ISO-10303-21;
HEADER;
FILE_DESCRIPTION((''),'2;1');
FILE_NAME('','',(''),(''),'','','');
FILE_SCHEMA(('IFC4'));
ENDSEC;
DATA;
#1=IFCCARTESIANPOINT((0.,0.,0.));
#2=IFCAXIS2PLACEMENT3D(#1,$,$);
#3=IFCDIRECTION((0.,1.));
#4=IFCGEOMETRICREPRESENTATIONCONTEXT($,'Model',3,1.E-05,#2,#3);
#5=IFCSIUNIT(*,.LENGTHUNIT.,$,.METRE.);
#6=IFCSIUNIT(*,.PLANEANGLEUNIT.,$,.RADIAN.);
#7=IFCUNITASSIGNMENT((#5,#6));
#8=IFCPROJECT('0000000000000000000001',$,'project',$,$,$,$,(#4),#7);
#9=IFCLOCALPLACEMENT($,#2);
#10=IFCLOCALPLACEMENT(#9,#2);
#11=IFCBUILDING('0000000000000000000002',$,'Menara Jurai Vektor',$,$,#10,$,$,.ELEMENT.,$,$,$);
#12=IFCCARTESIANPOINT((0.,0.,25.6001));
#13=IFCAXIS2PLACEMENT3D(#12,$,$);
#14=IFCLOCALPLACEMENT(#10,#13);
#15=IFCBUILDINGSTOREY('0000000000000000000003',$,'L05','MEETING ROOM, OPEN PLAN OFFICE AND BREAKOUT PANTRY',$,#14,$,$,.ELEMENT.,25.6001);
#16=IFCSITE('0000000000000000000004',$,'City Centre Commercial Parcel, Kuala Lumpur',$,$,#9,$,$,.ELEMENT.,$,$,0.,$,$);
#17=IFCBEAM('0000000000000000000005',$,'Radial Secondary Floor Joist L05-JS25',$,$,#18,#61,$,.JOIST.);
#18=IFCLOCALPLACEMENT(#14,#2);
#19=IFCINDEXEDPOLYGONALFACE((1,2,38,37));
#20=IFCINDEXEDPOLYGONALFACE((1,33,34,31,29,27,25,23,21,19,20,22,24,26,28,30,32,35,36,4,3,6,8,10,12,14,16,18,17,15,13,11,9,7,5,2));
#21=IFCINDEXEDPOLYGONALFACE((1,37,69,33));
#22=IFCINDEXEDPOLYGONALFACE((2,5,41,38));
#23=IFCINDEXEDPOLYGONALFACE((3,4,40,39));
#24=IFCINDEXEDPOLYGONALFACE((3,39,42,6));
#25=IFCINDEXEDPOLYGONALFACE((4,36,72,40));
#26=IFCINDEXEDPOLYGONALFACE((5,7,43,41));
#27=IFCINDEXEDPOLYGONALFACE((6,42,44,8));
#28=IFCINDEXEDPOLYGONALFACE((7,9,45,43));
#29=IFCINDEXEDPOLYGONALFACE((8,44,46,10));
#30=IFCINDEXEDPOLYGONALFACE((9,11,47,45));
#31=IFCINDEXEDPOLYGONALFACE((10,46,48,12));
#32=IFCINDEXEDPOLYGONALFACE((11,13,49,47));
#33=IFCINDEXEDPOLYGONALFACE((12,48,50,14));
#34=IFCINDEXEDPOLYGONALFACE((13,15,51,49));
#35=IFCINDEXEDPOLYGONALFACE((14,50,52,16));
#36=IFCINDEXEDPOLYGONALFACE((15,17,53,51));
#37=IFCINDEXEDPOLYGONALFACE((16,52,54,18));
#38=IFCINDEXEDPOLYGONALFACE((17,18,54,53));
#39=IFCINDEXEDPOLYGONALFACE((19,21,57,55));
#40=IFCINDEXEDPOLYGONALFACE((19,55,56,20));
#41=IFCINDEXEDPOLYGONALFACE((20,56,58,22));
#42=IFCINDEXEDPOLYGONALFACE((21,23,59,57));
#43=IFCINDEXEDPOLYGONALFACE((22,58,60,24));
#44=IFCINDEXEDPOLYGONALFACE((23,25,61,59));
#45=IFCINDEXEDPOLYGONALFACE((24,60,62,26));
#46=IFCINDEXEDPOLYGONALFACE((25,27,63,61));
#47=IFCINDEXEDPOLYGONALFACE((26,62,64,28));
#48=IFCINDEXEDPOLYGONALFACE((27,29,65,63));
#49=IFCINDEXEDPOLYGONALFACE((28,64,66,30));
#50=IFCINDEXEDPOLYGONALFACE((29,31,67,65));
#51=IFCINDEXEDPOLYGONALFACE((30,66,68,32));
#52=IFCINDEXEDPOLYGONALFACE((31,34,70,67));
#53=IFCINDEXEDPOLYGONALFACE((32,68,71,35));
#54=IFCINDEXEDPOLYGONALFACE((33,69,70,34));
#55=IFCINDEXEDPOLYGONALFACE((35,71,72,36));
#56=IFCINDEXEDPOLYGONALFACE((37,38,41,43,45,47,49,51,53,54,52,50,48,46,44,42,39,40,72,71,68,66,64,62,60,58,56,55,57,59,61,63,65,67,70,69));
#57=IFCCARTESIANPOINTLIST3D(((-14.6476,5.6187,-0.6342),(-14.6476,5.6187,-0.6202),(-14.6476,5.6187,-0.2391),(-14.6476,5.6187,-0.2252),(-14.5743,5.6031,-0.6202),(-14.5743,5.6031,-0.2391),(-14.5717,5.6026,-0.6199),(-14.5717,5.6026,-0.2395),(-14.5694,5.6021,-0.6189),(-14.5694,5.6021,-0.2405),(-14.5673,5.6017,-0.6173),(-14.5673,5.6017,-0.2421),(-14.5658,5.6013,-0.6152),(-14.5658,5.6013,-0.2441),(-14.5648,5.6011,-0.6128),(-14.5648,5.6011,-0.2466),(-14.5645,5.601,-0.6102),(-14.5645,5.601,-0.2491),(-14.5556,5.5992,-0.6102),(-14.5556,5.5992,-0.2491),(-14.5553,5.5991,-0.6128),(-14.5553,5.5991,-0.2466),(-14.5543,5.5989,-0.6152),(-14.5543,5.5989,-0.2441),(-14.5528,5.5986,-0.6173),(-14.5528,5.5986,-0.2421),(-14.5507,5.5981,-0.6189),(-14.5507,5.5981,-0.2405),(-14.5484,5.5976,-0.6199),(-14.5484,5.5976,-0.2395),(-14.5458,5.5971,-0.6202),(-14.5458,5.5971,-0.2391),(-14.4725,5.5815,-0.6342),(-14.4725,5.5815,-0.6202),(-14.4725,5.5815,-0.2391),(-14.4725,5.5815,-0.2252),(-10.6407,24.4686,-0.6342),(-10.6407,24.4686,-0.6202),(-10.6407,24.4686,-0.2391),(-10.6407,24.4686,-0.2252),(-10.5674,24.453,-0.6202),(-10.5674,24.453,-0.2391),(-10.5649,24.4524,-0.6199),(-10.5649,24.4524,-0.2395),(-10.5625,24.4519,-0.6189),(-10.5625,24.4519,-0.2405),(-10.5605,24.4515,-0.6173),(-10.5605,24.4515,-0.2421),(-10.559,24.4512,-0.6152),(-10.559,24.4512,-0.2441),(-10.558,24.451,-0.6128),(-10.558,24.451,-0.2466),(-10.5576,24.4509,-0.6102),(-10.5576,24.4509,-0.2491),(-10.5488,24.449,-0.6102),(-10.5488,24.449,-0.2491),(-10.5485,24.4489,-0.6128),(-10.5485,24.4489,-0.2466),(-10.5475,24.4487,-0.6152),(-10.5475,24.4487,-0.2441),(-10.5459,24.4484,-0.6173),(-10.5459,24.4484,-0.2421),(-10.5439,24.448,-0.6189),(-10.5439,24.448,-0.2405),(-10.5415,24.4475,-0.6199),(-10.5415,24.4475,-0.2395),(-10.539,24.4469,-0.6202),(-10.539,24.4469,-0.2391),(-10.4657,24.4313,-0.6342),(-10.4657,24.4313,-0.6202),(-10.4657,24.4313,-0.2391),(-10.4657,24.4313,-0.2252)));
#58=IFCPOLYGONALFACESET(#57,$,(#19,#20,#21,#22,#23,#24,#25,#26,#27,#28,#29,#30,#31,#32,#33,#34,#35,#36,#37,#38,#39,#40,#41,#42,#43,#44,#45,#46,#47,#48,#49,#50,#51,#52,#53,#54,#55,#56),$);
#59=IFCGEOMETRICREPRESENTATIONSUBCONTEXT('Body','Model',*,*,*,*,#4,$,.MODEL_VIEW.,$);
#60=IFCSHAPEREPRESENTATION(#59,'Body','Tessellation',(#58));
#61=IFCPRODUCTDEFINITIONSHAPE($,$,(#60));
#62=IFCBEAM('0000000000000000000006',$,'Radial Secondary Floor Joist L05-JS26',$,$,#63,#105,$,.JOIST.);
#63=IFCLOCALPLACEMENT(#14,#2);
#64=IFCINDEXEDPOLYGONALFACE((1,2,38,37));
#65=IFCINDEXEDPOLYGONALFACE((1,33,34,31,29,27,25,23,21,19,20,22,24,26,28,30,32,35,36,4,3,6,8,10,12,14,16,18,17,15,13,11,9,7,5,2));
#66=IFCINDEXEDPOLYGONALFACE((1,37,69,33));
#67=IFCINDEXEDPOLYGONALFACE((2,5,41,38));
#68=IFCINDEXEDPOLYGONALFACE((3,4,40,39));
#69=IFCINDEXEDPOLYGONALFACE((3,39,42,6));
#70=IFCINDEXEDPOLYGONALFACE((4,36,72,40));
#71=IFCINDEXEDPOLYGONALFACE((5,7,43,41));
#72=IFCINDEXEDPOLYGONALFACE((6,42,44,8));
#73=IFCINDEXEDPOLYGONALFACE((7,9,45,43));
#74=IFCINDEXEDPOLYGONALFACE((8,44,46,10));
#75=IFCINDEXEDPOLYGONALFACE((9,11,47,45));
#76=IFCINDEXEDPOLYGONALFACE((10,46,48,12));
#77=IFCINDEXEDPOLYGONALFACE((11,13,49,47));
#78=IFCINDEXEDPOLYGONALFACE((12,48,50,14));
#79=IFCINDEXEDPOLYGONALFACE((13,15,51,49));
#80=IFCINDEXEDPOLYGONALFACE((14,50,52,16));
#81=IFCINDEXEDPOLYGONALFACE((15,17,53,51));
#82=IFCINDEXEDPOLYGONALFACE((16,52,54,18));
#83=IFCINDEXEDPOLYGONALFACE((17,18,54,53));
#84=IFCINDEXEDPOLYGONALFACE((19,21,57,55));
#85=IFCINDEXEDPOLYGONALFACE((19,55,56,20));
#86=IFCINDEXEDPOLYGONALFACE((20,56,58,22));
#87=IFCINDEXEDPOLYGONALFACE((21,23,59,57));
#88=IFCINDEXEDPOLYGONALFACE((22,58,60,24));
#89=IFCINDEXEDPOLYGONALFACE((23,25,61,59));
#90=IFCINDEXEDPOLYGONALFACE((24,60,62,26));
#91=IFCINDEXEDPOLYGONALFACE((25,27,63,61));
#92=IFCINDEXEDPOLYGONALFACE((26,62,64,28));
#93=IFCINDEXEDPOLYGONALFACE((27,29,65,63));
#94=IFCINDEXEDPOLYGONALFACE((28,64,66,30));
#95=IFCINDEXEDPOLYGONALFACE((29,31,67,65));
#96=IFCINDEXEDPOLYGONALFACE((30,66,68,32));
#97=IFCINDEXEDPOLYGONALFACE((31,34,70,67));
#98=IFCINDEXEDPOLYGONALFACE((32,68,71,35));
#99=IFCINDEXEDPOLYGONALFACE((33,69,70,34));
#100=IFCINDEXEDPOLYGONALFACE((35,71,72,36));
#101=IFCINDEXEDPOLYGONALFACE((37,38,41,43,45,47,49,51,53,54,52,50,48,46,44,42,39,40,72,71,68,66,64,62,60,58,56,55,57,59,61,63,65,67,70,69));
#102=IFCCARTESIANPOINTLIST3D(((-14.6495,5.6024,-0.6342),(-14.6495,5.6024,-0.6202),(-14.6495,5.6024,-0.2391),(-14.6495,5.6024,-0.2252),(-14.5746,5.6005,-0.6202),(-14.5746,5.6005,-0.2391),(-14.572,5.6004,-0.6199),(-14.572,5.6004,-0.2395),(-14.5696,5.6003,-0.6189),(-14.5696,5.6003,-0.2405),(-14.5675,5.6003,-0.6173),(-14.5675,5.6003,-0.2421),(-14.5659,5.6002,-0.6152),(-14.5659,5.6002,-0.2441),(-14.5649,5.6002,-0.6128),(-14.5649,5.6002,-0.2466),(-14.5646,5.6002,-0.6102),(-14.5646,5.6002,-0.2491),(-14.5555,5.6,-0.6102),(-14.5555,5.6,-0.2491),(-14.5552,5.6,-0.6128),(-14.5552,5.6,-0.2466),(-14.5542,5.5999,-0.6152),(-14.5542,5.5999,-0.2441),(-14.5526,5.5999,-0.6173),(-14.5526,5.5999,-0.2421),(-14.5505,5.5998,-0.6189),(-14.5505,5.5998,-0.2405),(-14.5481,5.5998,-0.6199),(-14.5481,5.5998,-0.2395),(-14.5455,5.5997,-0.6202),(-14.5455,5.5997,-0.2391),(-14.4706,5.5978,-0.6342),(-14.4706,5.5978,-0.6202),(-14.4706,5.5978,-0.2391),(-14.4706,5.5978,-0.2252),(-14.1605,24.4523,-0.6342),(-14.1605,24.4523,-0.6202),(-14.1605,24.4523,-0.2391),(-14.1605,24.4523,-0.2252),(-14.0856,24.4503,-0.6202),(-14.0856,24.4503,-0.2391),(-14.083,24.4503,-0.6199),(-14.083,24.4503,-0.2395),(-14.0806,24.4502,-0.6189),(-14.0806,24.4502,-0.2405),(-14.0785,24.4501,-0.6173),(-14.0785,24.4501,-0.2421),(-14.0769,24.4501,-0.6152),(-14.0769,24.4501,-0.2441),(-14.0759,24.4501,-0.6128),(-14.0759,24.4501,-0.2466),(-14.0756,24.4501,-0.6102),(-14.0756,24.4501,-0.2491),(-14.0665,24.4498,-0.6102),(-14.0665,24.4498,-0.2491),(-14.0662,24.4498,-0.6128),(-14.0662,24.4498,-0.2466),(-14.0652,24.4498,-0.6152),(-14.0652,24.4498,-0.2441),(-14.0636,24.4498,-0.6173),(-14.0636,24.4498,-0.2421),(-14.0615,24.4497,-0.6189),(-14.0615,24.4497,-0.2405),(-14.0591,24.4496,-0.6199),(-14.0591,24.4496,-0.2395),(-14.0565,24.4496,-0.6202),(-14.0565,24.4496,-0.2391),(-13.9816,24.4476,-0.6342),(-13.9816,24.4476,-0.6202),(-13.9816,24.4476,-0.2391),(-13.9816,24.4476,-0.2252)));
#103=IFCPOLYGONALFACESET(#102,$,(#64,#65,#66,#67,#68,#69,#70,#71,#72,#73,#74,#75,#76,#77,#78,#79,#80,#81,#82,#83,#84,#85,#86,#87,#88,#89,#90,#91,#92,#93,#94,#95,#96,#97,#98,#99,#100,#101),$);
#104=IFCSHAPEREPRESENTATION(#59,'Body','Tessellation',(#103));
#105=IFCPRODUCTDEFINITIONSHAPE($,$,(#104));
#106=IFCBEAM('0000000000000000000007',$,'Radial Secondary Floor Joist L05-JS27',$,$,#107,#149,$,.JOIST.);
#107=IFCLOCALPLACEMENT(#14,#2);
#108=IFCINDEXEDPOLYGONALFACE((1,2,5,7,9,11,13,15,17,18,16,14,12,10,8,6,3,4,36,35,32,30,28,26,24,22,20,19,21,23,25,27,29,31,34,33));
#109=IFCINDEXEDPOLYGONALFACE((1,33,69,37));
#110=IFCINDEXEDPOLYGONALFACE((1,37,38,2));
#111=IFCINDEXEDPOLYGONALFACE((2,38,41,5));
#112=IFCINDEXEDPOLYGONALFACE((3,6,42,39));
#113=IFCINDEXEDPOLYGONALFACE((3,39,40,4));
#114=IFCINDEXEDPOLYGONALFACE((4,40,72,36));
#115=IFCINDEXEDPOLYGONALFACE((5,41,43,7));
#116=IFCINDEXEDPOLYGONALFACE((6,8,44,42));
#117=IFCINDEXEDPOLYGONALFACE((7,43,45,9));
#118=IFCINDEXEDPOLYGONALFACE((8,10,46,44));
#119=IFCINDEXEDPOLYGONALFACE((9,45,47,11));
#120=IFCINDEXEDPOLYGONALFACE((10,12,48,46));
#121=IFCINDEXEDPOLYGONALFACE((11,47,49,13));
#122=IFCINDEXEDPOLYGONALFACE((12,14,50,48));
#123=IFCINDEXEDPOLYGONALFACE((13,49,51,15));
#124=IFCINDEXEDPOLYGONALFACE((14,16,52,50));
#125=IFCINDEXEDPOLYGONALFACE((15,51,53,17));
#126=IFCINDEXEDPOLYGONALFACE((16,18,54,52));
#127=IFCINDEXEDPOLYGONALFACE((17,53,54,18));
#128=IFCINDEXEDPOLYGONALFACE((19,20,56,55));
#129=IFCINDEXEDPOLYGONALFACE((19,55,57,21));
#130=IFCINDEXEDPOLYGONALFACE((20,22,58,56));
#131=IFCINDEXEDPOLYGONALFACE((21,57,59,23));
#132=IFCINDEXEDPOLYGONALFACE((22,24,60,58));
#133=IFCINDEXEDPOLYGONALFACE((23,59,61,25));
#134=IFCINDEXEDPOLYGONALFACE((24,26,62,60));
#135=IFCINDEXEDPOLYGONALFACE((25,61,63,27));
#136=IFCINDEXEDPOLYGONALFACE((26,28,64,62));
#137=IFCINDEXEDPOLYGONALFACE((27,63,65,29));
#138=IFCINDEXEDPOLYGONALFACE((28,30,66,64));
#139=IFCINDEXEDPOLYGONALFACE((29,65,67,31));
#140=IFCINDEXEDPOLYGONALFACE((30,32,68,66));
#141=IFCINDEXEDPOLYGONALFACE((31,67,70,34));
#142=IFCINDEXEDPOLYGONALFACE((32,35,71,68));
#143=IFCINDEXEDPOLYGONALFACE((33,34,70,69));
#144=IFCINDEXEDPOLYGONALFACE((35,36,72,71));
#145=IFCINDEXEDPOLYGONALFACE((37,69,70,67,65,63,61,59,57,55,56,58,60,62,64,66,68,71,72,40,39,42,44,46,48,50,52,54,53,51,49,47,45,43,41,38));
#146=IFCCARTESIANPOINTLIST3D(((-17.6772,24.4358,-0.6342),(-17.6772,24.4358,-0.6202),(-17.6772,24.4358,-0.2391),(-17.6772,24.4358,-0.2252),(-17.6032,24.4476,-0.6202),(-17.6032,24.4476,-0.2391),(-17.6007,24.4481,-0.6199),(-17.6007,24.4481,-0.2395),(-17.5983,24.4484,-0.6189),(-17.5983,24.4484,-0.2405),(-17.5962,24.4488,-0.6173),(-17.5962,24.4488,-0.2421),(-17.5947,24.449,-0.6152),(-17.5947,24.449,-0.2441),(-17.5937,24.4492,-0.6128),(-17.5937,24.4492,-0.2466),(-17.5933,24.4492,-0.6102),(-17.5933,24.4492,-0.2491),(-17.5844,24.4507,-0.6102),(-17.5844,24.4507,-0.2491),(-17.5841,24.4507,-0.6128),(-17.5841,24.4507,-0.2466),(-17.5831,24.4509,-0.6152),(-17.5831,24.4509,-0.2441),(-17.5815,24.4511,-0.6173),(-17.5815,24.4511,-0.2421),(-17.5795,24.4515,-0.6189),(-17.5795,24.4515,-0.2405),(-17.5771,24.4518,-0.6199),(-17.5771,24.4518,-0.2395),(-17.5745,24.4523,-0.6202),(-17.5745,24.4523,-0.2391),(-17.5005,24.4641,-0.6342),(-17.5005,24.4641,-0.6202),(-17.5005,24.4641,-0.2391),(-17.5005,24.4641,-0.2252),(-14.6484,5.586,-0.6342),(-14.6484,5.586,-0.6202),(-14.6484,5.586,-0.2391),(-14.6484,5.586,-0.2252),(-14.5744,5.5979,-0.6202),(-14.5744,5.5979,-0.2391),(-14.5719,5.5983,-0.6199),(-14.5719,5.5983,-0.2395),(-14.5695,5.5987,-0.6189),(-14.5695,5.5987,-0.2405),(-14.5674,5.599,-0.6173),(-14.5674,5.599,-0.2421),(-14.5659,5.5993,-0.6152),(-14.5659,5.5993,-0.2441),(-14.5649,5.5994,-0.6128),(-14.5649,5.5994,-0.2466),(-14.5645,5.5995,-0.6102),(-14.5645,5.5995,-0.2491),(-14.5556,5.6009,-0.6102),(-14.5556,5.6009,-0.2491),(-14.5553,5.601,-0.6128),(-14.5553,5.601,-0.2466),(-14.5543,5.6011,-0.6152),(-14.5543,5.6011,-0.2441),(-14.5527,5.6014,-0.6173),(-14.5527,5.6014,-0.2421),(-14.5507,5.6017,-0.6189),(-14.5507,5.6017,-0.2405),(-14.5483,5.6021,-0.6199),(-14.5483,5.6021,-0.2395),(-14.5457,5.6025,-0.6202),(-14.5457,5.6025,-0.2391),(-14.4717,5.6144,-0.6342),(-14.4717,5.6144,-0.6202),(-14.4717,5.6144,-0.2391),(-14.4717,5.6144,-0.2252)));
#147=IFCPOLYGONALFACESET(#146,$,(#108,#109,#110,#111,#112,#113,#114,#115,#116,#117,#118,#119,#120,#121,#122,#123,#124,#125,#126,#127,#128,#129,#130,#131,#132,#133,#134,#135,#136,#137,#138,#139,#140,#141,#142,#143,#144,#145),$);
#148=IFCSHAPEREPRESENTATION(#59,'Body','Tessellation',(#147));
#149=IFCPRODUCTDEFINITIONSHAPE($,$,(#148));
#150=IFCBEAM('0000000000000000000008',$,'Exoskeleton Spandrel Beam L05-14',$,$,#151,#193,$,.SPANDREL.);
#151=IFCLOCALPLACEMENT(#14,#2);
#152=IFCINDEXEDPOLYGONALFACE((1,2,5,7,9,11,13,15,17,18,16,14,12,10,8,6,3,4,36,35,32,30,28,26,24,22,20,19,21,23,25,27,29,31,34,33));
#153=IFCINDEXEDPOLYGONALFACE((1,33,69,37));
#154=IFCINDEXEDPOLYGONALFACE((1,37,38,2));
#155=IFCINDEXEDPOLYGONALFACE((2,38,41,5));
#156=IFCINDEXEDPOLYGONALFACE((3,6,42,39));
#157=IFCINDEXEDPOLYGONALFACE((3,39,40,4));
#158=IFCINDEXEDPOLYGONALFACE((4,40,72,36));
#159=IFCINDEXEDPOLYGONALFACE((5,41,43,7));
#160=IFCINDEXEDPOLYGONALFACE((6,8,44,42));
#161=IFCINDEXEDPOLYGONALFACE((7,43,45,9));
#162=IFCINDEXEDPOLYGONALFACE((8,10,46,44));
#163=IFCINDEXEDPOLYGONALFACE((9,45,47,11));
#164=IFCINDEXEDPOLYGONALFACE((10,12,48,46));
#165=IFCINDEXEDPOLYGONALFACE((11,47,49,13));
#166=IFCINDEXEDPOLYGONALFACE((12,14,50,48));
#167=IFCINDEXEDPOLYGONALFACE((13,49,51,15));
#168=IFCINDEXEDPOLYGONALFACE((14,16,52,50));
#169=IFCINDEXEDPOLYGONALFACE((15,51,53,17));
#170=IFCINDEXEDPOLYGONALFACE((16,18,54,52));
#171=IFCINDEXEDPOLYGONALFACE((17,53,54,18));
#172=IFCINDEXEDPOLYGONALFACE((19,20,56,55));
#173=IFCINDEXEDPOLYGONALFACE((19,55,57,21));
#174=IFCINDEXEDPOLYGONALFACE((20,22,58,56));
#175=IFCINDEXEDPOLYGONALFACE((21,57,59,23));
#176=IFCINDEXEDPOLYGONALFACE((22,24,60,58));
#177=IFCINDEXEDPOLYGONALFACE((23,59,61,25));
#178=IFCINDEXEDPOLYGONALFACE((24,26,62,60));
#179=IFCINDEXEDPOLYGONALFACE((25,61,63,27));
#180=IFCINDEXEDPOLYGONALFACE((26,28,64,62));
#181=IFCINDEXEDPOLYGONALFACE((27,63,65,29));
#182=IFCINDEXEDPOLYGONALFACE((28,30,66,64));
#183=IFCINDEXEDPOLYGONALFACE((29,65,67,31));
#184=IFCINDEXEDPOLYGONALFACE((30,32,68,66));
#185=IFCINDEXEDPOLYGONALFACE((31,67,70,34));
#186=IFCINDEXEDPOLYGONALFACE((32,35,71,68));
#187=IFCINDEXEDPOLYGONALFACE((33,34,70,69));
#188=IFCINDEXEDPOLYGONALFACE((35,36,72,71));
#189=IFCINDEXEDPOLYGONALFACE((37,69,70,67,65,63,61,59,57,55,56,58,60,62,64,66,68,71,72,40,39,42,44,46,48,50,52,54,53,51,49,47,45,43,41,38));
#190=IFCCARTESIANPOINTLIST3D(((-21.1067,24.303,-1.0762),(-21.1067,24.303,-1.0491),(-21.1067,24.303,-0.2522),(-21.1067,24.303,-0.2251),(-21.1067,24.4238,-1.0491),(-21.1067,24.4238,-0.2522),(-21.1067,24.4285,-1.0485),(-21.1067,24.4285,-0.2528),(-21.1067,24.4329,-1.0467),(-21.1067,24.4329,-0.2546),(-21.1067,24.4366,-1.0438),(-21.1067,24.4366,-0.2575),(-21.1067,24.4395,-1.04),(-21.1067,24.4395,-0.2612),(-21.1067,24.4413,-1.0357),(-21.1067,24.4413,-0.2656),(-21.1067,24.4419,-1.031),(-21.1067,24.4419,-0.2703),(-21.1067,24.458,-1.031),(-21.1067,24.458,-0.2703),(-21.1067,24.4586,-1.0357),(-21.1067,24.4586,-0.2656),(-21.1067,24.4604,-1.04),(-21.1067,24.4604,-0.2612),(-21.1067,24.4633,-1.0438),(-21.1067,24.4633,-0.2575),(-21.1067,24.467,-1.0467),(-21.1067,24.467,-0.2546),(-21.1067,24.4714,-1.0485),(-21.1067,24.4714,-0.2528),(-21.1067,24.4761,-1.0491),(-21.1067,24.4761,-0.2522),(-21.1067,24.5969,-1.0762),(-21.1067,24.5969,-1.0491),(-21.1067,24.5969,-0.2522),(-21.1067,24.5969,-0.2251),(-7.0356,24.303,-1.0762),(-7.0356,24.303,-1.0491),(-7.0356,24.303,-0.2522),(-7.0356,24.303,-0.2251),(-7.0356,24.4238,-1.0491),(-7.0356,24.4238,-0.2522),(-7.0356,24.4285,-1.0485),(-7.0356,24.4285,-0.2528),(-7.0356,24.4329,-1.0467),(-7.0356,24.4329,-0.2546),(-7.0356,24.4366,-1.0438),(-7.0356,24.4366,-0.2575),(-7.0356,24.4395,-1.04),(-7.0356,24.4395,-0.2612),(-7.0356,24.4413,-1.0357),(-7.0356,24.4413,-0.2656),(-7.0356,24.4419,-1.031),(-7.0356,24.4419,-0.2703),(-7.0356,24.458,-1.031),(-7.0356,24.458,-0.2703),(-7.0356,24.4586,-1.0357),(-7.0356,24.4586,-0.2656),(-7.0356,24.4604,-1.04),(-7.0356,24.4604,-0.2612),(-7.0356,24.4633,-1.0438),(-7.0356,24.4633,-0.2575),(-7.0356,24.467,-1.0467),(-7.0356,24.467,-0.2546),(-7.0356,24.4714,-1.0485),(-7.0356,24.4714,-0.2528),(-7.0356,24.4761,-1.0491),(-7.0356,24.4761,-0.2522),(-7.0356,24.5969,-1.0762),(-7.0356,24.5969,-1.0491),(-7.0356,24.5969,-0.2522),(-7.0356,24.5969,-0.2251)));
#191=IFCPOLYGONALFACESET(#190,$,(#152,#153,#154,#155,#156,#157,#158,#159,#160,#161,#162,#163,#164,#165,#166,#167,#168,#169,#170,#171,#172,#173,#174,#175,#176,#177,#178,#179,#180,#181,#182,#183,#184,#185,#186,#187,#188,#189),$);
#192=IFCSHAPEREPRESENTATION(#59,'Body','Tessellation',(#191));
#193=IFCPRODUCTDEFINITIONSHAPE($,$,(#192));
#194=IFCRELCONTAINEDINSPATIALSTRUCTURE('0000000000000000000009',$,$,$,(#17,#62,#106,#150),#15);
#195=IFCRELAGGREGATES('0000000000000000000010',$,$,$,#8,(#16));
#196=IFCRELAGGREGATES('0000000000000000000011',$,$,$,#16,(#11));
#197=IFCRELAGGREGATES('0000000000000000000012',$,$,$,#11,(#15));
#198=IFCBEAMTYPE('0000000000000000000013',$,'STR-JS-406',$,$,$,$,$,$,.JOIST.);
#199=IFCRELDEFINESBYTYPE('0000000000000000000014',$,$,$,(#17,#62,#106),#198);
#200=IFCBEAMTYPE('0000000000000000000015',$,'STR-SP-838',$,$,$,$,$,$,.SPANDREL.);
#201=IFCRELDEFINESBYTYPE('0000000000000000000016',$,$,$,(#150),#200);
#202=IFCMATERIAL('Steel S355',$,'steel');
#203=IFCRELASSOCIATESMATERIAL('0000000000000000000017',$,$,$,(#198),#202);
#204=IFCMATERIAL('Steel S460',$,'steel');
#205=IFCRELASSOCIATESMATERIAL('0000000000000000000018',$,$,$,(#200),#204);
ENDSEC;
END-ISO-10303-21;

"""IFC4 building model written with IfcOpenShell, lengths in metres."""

from ifc_helpers import new_model, si_unit, direction, frame, origin, origin_2d, place, context, subcontext, project, spatial, i_section, extrude, material, material_profile, profile_set, type_object, element, save


model = new_model("IFC4")

# Units and contexts
model_context = context("Model", 3, precision=1e-05, world=origin(), true_north=direction((0.0, 1.0)))
body_context = subcontext(model_context, "Body", "Model", "MODEL_VIEW")
ifc_project = project(units=[si_unit("LENGTHUNIT", "METRE"), si_unit("PLANEANGLEUNIT", "RADIAN")], contexts=[model_context])

# Site, building, storey
site_placement = place(None, origin())
site = spatial("IfcSite", under=ifc_project, at=site_placement, Name="City Centre Commercial Parcel, Kuala Lumpur", CompositionType="ELEMENT", RefElevation=0.0)
building_placement = place(site_placement, origin())
building = spatial("IfcBuilding", under=site, at=building_placement, Name="Menara Jurai Vektor", CompositionType="ELEMENT")
storey_placement = place(building_placement, frame((0.0, 0.0, 25.6001)))
storey = spatial("IfcBuildingStorey", under=building, at=storey_placement, Name="L05", Description="MEETING ROOM, OPEN PLAN OFFICE AND BREAKOUT PANTRY", CompositionType="ELEMENT", Elevation=25.6001)

# Shared definitions
ifc_material_1 = material(Name="Steel S460", Category="steel")

# Beams
ifc_material_2 = material(Name="Steel S355", Category="steel")
ifc_material_profile_1 = material_profile(ifc_material_2, i_section(OverallWidth=0.179, OverallDepth=0.4089, WebThickness=0.009, FlangeThickness=0.0139, FilletRadius=0.01, at=origin_2d()), Name="UKB 406x178x67")
ifc_profile_set_1 = profile_set([ifc_material_profile_1], Name="Steel S355")
beam_type_1 = type_object("IfcBeamType", Name="STR-JS-406", PredefinedType="JOIST", material=ifc_profile_set_1)
beam_1_placement = place(storey_placement, frame((-10.5532, 24.45, -0.4297), z_axis=(-0.20792, -0.978146, 0.0), x_axis=(0.978146, -0.20792, 0.0)))
element("IfcBeam", 1, at=beam_1_placement, inside=storey, type_object=beam_type_1, Name="Radial Secondary Floor Joist L05-JS25", PredefinedType="JOIST", context=body_context, shape_type="SweptSolid", body=[
    extrude(i_section(OverallWidth=0.179, OverallDepth=0.4089, WebThickness=0.009, FlangeThickness=0.0139, FilletRadius=0.01, at=origin_2d()), origin(), (0.0, 0.0, 1.0), 19.271),
])
beam_2_placement = place(storey_placement, frame((-14.071, 24.45, -0.4297), z_axis=(-0.025934, -0.999664, 0.0), x_axis=(0.999664, -0.025934, 0.0)))
element("IfcBeam", 2, at=beam_2_placement, inside=storey, type_object=beam_type_1, Name="Radial Secondary Floor Joist L05-JS26", PredefinedType="JOIST", context=body_context, shape_type="SweptSolid", body=[
    extrude(i_section(OverallWidth=0.179, OverallDepth=0.4089, WebThickness=0.009, FlangeThickness=0.0139, FilletRadius=0.01, at=origin_2d()), origin(), (0.0, 0.0, 1.0), 18.8562),
])
beam_3_placement = place(storey_placement, frame((-17.5889, 24.45, -0.4297), z_axis=(0.158646, -0.987336, 0.0), x_axis=(0.987336, 0.158646, 0.0)))
element("IfcBeam", 3, at=beam_3_placement, inside=storey, type_object=beam_type_1, Name="Radial Secondary Floor Joist L05-JS27", PredefinedType="JOIST", context=body_context, shape_type="SweptSolid", body=[
    extrude(i_section(OverallWidth=0.179, OverallDepth=0.4089, WebThickness=0.009, FlangeThickness=0.0139, FilletRadius=0.01, at=origin_2d()), origin(), (0.0, 0.0, 1.0), 19.0916),
])
ifc_material_profile_2 = material_profile(ifc_material_1, i_section(OverallWidth=0.2939, OverallDepth=0.8511, WebThickness=0.0161, FlangeThickness=0.0271, FilletRadius=0.0181, at=origin_2d()), Name="UKB 838x292x226")
ifc_profile_set_2 = profile_set([ifc_material_profile_2], Name="Steel S460")
beam_type_2 = type_object("IfcBeamType", Name="STR-SP-838", PredefinedType="SPANDREL", material=ifc_profile_set_2)
beam_4_placement = place(storey_placement, frame((-7.0356, 24.45, -0.6506), z_axis=(-1.0, 0.0, 0.0), x_axis=(0.0, -1.0, 0.0)))
element("IfcBeam", 4, at=beam_4_placement, inside=storey, type_object=beam_type_2, Name="Exoskeleton Spandrel Beam L05-14", PredefinedType="SPANDREL", context=body_context, shape_type="SweptSolid", body=[
    extrude(i_section(OverallWidth=0.2939, OverallDepth=0.8511, WebThickness=0.0161, FlangeThickness=0.0271, FilletRadius=0.0181, at=origin_2d()), origin(), (0.0, 0.0, 1.0), 14.071),
])

save(model, "model.ifc")
